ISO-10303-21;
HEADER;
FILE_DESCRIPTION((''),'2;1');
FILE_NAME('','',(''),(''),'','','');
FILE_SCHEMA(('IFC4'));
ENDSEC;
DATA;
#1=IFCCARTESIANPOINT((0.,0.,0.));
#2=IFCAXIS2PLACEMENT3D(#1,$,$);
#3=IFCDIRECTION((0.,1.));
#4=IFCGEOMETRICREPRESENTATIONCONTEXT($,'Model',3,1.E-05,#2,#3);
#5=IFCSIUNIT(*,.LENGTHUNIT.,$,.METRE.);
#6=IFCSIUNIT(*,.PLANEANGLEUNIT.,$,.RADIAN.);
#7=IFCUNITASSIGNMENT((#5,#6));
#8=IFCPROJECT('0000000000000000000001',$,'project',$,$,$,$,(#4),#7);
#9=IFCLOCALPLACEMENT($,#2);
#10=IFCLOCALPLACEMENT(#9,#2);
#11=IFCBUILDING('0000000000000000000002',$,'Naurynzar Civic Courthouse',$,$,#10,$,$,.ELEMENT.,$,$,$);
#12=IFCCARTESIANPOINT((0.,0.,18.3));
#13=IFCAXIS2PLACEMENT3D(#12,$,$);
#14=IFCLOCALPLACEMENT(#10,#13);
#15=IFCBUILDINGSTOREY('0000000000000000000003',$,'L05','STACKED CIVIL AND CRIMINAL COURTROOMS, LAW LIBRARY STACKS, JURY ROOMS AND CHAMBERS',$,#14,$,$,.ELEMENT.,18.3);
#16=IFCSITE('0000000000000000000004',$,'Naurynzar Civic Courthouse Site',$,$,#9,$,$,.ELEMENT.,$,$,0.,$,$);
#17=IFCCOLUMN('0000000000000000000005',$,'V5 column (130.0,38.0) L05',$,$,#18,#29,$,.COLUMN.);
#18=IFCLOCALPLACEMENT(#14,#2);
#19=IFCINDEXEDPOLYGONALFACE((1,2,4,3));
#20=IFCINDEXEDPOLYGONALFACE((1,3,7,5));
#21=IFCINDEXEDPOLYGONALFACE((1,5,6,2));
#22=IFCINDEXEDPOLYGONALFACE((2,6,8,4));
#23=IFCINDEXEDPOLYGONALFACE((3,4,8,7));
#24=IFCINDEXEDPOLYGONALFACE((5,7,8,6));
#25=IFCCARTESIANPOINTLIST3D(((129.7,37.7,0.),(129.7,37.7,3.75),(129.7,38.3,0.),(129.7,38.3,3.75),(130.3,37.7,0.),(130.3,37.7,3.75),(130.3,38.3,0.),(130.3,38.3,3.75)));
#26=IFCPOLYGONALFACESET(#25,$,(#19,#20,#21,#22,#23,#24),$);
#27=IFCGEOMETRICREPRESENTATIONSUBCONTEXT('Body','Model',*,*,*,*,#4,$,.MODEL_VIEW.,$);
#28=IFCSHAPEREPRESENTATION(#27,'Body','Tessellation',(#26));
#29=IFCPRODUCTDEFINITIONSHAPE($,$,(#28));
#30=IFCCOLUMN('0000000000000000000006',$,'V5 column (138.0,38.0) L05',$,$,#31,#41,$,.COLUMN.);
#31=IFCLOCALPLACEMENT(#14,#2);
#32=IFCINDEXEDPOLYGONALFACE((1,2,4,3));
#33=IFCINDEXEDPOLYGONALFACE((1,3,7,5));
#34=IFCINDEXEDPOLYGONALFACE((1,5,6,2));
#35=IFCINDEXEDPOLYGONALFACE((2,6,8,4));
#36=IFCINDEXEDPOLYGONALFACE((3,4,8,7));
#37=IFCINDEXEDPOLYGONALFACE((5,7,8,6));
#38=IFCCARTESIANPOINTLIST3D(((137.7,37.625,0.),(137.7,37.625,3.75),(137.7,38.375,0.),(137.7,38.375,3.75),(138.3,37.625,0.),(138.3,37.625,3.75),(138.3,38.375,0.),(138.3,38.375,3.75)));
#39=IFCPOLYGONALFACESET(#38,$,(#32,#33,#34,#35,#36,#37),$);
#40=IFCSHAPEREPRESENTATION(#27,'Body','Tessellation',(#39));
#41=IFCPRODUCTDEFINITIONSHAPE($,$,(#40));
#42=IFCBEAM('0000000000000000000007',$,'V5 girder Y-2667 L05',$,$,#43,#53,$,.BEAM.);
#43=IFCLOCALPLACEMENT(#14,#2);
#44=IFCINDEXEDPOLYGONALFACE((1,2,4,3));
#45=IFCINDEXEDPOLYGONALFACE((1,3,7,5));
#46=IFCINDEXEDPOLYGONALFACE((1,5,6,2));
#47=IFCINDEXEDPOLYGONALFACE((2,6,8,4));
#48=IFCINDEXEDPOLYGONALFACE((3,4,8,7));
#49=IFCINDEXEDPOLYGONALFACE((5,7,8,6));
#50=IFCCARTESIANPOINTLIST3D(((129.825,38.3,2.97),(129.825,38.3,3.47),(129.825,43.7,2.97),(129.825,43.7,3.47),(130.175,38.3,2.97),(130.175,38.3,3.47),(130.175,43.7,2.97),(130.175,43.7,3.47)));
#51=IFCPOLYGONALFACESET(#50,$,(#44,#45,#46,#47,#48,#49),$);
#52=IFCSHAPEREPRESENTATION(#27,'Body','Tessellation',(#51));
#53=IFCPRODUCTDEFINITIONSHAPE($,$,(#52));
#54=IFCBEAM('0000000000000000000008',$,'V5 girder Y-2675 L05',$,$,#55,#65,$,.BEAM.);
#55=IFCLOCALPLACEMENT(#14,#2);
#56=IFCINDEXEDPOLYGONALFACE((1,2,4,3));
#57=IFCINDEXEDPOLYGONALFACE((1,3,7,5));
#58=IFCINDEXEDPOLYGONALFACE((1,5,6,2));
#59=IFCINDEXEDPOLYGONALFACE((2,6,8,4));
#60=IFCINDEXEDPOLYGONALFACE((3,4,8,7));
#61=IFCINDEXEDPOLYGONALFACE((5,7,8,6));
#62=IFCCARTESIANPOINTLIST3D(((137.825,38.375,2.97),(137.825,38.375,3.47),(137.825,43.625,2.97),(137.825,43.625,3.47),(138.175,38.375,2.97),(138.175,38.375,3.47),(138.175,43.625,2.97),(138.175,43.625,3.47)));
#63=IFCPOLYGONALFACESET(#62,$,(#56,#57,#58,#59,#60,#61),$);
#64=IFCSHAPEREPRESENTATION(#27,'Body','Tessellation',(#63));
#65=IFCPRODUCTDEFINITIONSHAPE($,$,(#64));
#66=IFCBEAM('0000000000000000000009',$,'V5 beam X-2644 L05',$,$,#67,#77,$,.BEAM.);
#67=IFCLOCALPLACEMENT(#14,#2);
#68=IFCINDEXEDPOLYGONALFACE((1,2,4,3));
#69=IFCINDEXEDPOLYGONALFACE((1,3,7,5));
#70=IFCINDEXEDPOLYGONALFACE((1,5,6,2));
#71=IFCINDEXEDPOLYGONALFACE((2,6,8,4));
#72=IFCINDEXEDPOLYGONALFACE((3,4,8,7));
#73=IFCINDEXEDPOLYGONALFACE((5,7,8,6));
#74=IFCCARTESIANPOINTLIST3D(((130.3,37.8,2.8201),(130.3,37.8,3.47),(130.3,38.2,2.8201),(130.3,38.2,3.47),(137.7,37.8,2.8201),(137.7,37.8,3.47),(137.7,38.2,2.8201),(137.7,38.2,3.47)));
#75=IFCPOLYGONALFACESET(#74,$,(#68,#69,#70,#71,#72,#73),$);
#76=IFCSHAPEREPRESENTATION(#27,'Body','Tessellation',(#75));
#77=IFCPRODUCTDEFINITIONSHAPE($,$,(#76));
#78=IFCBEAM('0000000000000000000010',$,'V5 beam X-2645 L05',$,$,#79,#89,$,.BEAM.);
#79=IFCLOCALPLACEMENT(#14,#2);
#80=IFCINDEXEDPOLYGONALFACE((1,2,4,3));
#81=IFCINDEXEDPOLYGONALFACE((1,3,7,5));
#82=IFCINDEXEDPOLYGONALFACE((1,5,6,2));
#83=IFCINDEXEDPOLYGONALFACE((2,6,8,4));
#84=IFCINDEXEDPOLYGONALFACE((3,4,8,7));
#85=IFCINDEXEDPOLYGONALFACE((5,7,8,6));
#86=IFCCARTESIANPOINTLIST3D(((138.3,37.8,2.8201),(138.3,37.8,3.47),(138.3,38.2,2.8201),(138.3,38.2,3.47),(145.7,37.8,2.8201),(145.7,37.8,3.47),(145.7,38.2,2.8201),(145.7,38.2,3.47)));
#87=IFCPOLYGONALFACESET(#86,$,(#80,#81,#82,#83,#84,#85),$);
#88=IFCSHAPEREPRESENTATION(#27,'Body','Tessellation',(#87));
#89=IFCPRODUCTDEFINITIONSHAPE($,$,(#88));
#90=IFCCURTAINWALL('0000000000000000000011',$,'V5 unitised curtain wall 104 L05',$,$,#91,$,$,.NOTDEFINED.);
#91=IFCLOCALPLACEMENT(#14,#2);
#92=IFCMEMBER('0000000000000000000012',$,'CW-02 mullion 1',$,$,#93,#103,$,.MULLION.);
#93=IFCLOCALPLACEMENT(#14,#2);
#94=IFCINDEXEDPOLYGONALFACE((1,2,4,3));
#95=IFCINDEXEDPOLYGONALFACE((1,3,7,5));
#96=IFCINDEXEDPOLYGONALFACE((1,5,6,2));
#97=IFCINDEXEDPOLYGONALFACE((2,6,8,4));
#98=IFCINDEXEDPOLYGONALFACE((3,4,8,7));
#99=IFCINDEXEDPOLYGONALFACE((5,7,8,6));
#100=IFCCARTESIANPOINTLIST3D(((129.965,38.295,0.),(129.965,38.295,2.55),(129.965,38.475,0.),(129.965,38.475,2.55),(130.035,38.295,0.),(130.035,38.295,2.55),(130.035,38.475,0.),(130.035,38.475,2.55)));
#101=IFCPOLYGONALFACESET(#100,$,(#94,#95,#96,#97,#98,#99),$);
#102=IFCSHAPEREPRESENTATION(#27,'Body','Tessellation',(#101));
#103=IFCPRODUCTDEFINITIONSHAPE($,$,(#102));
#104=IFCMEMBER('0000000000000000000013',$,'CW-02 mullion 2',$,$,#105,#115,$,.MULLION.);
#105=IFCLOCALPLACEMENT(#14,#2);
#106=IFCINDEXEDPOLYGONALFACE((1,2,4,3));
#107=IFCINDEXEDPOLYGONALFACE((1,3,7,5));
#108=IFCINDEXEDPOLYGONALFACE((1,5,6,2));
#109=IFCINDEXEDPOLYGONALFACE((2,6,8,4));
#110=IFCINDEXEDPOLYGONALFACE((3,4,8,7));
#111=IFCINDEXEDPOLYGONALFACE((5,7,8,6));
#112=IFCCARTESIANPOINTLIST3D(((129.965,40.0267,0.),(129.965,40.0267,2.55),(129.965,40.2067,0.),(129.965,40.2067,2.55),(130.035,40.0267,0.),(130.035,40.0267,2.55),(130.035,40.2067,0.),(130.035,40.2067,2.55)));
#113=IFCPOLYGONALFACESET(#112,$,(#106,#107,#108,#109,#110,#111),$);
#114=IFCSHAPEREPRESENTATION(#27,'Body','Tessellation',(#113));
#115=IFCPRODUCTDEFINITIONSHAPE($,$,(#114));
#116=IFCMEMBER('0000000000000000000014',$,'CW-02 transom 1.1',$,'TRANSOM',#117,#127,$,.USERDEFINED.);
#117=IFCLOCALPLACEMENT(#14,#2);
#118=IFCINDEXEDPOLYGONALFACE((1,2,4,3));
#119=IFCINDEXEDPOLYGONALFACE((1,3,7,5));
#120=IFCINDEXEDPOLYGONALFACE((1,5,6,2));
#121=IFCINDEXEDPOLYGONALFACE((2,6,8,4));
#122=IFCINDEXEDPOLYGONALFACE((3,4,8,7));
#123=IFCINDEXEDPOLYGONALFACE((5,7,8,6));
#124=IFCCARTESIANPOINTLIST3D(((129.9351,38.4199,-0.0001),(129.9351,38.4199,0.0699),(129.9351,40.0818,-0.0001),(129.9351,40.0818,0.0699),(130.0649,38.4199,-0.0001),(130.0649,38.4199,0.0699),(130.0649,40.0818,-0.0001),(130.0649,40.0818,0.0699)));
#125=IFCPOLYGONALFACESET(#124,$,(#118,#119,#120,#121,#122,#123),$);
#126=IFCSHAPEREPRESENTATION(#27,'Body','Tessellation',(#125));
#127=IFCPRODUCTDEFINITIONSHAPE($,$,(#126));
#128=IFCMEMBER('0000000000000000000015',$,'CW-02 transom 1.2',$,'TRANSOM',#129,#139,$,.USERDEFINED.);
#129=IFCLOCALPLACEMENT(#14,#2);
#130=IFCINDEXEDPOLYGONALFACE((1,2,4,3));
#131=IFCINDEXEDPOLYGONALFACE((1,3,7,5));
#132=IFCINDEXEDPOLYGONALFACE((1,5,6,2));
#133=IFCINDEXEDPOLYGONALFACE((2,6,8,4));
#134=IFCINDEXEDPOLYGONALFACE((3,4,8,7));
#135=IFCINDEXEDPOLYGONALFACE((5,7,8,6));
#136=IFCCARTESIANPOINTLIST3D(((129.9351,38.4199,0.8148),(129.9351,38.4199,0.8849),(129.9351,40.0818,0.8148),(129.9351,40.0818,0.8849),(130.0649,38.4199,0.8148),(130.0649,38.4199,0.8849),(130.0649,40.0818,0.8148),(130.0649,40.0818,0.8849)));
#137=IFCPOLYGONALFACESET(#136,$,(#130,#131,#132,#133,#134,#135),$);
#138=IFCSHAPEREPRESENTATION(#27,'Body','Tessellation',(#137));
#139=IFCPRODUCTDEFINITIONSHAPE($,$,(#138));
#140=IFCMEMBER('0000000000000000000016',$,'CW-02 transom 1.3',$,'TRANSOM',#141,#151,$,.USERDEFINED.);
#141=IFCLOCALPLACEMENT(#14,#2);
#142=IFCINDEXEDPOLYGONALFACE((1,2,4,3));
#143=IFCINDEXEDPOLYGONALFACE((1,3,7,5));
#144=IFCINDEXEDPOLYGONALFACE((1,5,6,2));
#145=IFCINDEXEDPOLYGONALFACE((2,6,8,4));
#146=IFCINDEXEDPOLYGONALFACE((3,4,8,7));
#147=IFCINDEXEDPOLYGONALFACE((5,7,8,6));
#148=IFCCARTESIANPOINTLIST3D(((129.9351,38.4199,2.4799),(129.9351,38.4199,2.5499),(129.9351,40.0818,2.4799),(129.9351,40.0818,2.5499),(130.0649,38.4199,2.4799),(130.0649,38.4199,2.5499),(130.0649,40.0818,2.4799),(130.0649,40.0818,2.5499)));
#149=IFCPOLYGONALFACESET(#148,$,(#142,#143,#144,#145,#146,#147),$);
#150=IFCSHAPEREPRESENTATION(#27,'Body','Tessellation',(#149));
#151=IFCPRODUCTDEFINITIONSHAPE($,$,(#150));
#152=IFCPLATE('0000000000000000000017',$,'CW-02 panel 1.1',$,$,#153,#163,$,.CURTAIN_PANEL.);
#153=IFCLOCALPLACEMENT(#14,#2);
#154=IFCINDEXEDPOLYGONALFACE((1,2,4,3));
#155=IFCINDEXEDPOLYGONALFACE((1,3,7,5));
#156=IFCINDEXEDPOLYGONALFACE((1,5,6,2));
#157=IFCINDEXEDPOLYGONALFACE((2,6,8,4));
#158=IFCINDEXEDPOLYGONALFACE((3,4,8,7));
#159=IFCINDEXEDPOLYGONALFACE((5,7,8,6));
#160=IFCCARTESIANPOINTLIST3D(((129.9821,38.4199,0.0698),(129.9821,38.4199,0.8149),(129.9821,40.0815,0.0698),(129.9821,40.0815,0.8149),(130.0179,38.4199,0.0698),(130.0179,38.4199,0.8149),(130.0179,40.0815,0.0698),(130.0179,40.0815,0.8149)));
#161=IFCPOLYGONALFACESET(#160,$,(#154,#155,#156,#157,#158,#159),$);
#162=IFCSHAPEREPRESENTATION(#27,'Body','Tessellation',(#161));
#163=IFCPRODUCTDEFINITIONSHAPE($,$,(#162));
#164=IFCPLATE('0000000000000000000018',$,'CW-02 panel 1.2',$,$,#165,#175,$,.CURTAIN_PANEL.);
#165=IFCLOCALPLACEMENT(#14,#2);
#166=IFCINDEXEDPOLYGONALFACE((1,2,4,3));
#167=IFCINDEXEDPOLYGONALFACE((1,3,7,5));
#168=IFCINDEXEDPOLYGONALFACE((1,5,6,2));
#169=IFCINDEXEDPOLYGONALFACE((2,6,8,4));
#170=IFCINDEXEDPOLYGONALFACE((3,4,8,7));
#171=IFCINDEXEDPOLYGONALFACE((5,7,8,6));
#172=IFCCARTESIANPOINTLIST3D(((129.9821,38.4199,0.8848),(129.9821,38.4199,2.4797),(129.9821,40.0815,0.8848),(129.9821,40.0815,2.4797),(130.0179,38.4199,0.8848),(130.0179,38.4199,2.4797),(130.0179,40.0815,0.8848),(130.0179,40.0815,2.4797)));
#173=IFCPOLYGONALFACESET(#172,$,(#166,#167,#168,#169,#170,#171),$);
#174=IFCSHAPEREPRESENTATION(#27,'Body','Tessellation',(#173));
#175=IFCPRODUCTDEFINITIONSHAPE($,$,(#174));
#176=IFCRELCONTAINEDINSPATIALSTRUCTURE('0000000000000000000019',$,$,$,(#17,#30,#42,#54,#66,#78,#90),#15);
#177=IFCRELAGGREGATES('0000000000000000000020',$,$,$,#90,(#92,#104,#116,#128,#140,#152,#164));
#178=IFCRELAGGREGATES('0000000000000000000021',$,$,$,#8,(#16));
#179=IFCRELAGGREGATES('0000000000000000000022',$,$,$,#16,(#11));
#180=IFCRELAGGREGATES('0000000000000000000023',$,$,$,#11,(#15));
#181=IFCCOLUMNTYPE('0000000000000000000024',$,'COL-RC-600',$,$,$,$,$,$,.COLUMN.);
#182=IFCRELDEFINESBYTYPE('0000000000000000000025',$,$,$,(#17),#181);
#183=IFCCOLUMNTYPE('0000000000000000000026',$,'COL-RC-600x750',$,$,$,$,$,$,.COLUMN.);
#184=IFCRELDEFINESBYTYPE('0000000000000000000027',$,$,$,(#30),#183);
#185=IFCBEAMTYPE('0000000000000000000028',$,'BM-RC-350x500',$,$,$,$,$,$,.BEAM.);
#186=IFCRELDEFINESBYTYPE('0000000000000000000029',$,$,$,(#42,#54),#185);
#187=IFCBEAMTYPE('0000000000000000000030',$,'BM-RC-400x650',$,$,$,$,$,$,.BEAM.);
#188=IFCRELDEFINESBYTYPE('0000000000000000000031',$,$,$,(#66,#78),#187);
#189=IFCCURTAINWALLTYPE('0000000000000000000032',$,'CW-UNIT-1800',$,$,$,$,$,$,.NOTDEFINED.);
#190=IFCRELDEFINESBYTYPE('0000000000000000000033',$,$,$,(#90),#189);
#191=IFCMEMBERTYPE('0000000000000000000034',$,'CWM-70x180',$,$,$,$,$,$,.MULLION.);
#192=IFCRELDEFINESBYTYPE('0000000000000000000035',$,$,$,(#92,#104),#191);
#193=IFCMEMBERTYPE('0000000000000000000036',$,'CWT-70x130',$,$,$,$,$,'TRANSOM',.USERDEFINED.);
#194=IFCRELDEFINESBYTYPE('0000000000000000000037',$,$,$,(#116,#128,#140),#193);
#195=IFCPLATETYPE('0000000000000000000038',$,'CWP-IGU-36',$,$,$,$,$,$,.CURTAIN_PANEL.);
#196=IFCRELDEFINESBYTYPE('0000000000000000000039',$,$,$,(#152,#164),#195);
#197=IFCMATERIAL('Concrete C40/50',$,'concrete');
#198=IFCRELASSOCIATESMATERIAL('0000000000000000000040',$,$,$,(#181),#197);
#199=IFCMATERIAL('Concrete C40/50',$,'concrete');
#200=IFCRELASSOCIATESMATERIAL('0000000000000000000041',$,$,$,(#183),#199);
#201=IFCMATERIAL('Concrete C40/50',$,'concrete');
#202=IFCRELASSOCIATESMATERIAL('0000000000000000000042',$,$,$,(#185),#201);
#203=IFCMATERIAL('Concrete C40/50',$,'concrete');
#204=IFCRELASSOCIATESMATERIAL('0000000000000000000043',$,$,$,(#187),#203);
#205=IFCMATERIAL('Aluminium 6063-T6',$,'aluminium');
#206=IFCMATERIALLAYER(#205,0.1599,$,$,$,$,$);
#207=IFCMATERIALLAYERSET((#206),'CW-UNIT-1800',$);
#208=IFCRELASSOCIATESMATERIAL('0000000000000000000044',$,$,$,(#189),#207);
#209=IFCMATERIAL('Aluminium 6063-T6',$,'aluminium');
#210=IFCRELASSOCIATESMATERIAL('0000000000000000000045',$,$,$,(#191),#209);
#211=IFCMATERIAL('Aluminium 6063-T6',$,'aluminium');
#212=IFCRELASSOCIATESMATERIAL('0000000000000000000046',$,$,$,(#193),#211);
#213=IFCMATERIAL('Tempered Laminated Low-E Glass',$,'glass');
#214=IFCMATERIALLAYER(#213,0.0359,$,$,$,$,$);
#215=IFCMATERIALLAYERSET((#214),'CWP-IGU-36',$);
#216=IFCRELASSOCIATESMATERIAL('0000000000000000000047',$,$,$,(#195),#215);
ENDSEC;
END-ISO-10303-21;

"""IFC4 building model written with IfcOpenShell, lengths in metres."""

from ifc_helpers import new_model, si_unit, direction, frame, origin, origin_2d, place, context, subcontext, project, spatial, rectangle, extrude, material, layer, layer_set, material_profile, profile_set, type_object, element, aggregate, save


model = new_model("IFC4")

# Units and contexts
model_context = context("Model", 3, precision=1e-05, world=origin(), true_north=direction((0.0, 1.0)))
body_context = subcontext(model_context, "Body", "Model", "MODEL_VIEW")
ifc_project = project(units=[si_unit("LENGTHUNIT", "METRE"), si_unit("PLANEANGLEUNIT", "RADIAN")], contexts=[model_context])

# Site, building, storey
site_placement = place(None, origin())
site = spatial("IfcSite", under=ifc_project, at=site_placement, Name="Naurynzar Civic Courthouse Site", CompositionType="ELEMENT", RefElevation=0.0)
building_placement = place(site_placement, origin())
building = spatial("IfcBuilding", under=site, at=building_placement, Name="Naurynzar Civic Courthouse", CompositionType="ELEMENT")
storey_placement = place(building_placement, frame((0.0, 0.0, 18.3)))
storey = spatial("IfcBuildingStorey", under=building, at=storey_placement, Name="L05", Description="STACKED CIVIL AND CRIMINAL COURTROOMS, LAW LIBRARY STACKS, JURY ROOMS AND CHAMBERS", CompositionType="ELEMENT", Elevation=18.3)

# Columns
ifc_material_1 = material(Name="Concrete C40/50", Category="concrete")
ifc_material_profile_1 = material_profile(ifc_material_1, rectangle(XDim=0.6001, YDim=0.6001, at=origin_2d()), Name="RC 600x600")
ifc_profile_set_1 = profile_set([ifc_material_profile_1], Name="Concrete C40/50")
column_type_1 = type_object("IfcColumnType", Name="COL-RC-600", PredefinedType="COLUMN", material=ifc_profile_set_1)
column_1_placement = place(storey_placement, frame((130.0, 38.0, 0.0), z_axis=(0.0, 0.0, 1.0), x_axis=(1.0, 0.0, 0.0)))
element("IfcColumn", 1, at=column_1_placement, inside=storey, type_object=column_type_1, Name="V5 column (130.0,38.0) L05", PredefinedType="COLUMN", context=body_context, shape_type="SweptSolid", body=[
    extrude(rectangle(XDim=0.6001, YDim=0.6001, at=origin_2d()), origin(), (0.0, 0.0, 1.0), 3.75),
])
ifc_material_2 = material(Name="Concrete C40/50", Category="concrete")
ifc_material_profile_2 = material_profile(ifc_material_2, rectangle(XDim=0.6001, YDim=0.75, at=origin_2d()), Name="RC 600x750")
ifc_profile_set_2 = profile_set([ifc_material_profile_2], Name="Concrete C40/50")
column_type_2 = type_object("IfcColumnType", Name="COL-RC-600x750", PredefinedType="COLUMN", material=ifc_profile_set_2)
column_2_placement = place(storey_placement, frame((138.0, 38.0, 0.0), z_axis=(0.0, 0.0, 1.0), x_axis=(1.0, 0.0, 0.0)))
element("IfcColumn", 2, at=column_2_placement, inside=storey, type_object=column_type_2, Name="V5 column (138.0,38.0) L05", PredefinedType="COLUMN", context=body_context, shape_type="SweptSolid", body=[
    extrude(rectangle(XDim=0.6001, YDim=0.75, at=origin_2d()), origin(), (0.0, 0.0, 1.0), 3.75),
])

# Beams
ifc_material_3 = material(Name="Concrete C40/50", Category="concrete")
ifc_material_profile_3 = material_profile(ifc_material_3, rectangle(XDim=0.3501, YDim=0.5, at=origin_2d()), Name="RCB 350x500")
ifc_profile_set_3 = profile_set([ifc_material_profile_3], Name="Concrete C40/50")
beam_type_1 = type_object("IfcBeamType", Name="BM-RC-350x500", PredefinedType="BEAM", material=ifc_profile_set_3)
beam_1_placement = place(storey_placement, frame((130.0, 38.3, 3.22), z_axis=(0.0, 1.0, 0.0), x_axis=(-1.0, 0.0, 0.0)))
element("IfcBeam", 3, at=beam_1_placement, inside=storey, type_object=beam_type_1, Name="V5 girder Y-2667 L05", PredefinedType="BEAM", context=body_context, shape_type="SweptSolid", body=[
    extrude(rectangle(XDim=0.3501, YDim=0.5, at=origin_2d()), origin(), (0.0, 0.0, 1.0), 5.3999),
])
beam_2_placement = place(storey_placement, frame((138.0, 38.375, 3.22), z_axis=(0.0, 1.0, 0.0), x_axis=(-1.0, 0.0, 0.0)))
element("IfcBeam", 4, at=beam_2_placement, inside=storey, type_object=beam_type_1, Name="V5 girder Y-2675 L05", PredefinedType="BEAM", context=body_context, shape_type="SweptSolid", body=[
    extrude(rectangle(XDim=0.3501, YDim=0.5, at=origin_2d()), origin(), (0.0, 0.0, 1.0), 5.25),
])
ifc_material_4 = material(Name="Concrete C40/50", Category="concrete")
ifc_material_profile_4 = material_profile(ifc_material_4, rectangle(XDim=0.3999, YDim=0.6499, at=origin_2d()), Name="RCB 400x650")
ifc_profile_set_4 = profile_set([ifc_material_profile_4], Name="Concrete C40/50")
beam_type_2 = type_object("IfcBeamType", Name="BM-RC-400x650", PredefinedType="BEAM", material=ifc_profile_set_4)
for number, where, z_axis, x_axis, name in (
    (5, (130.3, 38.0, 3.145), (1.0, 0.0, 0.0), (0.0, 1.0, 0.0), "V5 beam X-2644 L05"),
    (6, (138.3, 38.0, 3.145), (1.0, 0.0, 0.0), (0.0, 1.0, 0.0), "V5 beam X-2645 L05"),
):
    element("IfcBeam", number, at=place(storey_placement, frame(where, z_axis=z_axis, x_axis=x_axis)), inside=storey, type_object=beam_type_2, Name=name, PredefinedType="BEAM", context=body_context, shape_type="SweptSolid", body=[
        extrude(rectangle(XDim=0.3999, YDim=0.6499, at=origin_2d()), origin(), (0.0, 0.0, 1.0), 7.3999),
    ])

# Curtain wall, members, plates
ifc_material_5 = material(Name="Aluminium 6063-T6", Category="aluminium")
ifc_layer_1 = layer(ifc_material_5, 0.1599)
ifc_layer_set_1 = layer_set([ifc_layer_1], Name="CW-UNIT-1800")
curtain_wall_type = type_object("IfcCurtainWallType", Name="CW-UNIT-1800", PredefinedType="NOTDEFINED", material=ifc_layer_set_1)
curtain_wall_placement = place(storey_placement, origin())
curtain_wall = element("IfcCurtainWall", 7, at=curtain_wall_placement, inside=storey, type_object=curtain_wall_type, Name="V5 unitised curtain wall 104 L05", PredefinedType="NOTDEFINED")
ifc_material_6 = material(Name="Aluminium 6063-T6", Category="aluminium")
ifc_material_profile_5 = material_profile(ifc_material_6, rectangle(XDim=0.0701, YDim=0.1799, at=origin_2d()), Name="ALU MULLION 70x180")
ifc_profile_set_5 = profile_set([ifc_material_profile_5], Name="Aluminium 6063-T6")
member_type_1 = type_object("IfcMemberType", Name="CWM-70x180", PredefinedType="MULLION", material=ifc_profile_set_5)
member_1_placement = place(storey_placement, frame((130.0, 38.385, 0.0), z_axis=(0.0, 0.0, 1.0), x_axis=(-1.0, 0.0, 0.0)))
member_1 = element("IfcMember", 8, at=member_1_placement, type_object=member_type_1, Name="CW-02 mullion 1", PredefinedType="MULLION", context=body_context, shape_type="SweptSolid", body=[
    extrude(rectangle(XDim=0.0701, YDim=0.1799, at=origin_2d()), origin(), (0.0, 0.0, 1.0), 2.55),
])
member_2_placement = place(storey_placement, frame((130.0, 40.1167, 0.0), z_axis=(0.0, 0.0, 1.0), x_axis=(-1.0, 0.0, 0.0)))
member_2 = element("IfcMember", 9, at=member_2_placement, type_object=member_type_1, Name="CW-02 mullion 2", PredefinedType="MULLION", context=body_context, shape_type="SweptSolid", body=[
    extrude(rectangle(XDim=0.0701, YDim=0.1799, at=origin_2d()), origin(), (0.0, 0.0, 1.0), 2.55),
])
ifc_material_7 = material(Name="Aluminium 6063-T6", Category="aluminium")
ifc_material_profile_6 = material_profile(ifc_material_7, rectangle(XDim=0.1299, YDim=0.0701, at=origin_2d()), Name="ALU TRANSOM 70x130")
ifc_profile_set_6 = profile_set([ifc_material_profile_6], Name="Aluminium 6063-T6")
member_type_2 = type_object("IfcMemberType", Name="CWT-70x130", ElementType="TRANSOM", PredefinedType="USERDEFINED", material=ifc_profile_set_6)
member_3_placement = place(storey_placement, frame((130.0, 38.4199, 0.0349), z_axis=(0.0, 1.0, 0.0), x_axis=(-1.0, 0.0, 0.0)))
member_3 = element("IfcMember", 10, at=member_3_placement, type_object=member_type_2, Name="CW-02 transom 1.1", ObjectType="TRANSOM", PredefinedType="USERDEFINED", context=body_context, shape_type="SweptSolid", body=[
    extrude(rectangle(XDim=0.1299, YDim=0.0701, at=origin_2d()), origin(), (0.0, 0.0, 1.0), 1.6619),
])
member_4_placement = place(storey_placement, frame((130.0, 38.4199, 0.8499), z_axis=(0.0, 1.0, 0.0), x_axis=(-1.0, 0.0, 0.0)))
member_4 = element("IfcMember", 11, at=member_4_placement, type_object=member_type_2, Name="CW-02 transom 1.2", ObjectType="TRANSOM", PredefinedType="USERDEFINED", context=body_context, shape_type="SweptSolid", body=[
    extrude(rectangle(XDim=0.1299, YDim=0.0701, at=origin_2d()), origin(), (0.0, 0.0, 1.0), 1.6619),
])
member_5_placement = place(storey_placement, frame((130.0, 38.4199, 2.5149), z_axis=(0.0, 1.0, 0.0), x_axis=(-1.0, 0.0, 0.0)))
member_5 = element("IfcMember", 12, at=member_5_placement, type_object=member_type_2, Name="CW-02 transom 1.3", ObjectType="TRANSOM", PredefinedType="USERDEFINED", context=body_context, shape_type="SweptSolid", body=[
    extrude(rectangle(XDim=0.1299, YDim=0.0701, at=origin_2d()), origin(), (0.0, 0.0, 1.0), 1.6619),
])
ifc_material_8 = material(Name="Tempered Laminated Low-E Glass", Category="glass")
ifc_layer_2 = layer(ifc_material_8, 0.0359)
ifc_layer_set_2 = layer_set([ifc_layer_2], Name="CWP-IGU-36")
plate_type = type_object("IfcPlateType", Name="CWP-IGU-36", PredefinedType="CURTAIN_PANEL", material=ifc_layer_set_2)
plate_1_placement = place(storey_placement, frame((130.0, 39.2507, 0.0698), z_axis=(0.0, 0.0, 1.0), x_axis=(0.0, 1.0, 0.0)))
plate_1 = element("IfcPlate", 13, at=plate_1_placement, type_object=plate_type, Name="CW-02 panel 1.1", PredefinedType="CURTAIN_PANEL", context=body_context, shape_type="SweptSolid", body=[
    extrude(rectangle(XDim=1.6616, YDim=0.0359, at=origin_2d()), origin(), (0.0, 0.0, 1.0), 0.7451),
])
plate_2_placement = place(storey_placement, frame((130.0, 39.2507, 0.8848), z_axis=(0.0, 0.0, 1.0), x_axis=(0.0, 1.0, 0.0)))
plate_2 = element("IfcPlate", 14, at=plate_2_placement, type_object=plate_type, Name="CW-02 panel 1.2", PredefinedType="CURTAIN_PANEL", context=body_context, shape_type="SweptSolid", body=[
    extrude(rectangle(XDim=1.6616, YDim=0.0359, at=origin_2d()), origin(), (0.0, 0.0, 1.0), 1.595),
])
aggregate(curtain_wall, [member_1, member_2, member_3, member_4, member_5, plate_1, plate_2])

save(model, "model.ifc")
